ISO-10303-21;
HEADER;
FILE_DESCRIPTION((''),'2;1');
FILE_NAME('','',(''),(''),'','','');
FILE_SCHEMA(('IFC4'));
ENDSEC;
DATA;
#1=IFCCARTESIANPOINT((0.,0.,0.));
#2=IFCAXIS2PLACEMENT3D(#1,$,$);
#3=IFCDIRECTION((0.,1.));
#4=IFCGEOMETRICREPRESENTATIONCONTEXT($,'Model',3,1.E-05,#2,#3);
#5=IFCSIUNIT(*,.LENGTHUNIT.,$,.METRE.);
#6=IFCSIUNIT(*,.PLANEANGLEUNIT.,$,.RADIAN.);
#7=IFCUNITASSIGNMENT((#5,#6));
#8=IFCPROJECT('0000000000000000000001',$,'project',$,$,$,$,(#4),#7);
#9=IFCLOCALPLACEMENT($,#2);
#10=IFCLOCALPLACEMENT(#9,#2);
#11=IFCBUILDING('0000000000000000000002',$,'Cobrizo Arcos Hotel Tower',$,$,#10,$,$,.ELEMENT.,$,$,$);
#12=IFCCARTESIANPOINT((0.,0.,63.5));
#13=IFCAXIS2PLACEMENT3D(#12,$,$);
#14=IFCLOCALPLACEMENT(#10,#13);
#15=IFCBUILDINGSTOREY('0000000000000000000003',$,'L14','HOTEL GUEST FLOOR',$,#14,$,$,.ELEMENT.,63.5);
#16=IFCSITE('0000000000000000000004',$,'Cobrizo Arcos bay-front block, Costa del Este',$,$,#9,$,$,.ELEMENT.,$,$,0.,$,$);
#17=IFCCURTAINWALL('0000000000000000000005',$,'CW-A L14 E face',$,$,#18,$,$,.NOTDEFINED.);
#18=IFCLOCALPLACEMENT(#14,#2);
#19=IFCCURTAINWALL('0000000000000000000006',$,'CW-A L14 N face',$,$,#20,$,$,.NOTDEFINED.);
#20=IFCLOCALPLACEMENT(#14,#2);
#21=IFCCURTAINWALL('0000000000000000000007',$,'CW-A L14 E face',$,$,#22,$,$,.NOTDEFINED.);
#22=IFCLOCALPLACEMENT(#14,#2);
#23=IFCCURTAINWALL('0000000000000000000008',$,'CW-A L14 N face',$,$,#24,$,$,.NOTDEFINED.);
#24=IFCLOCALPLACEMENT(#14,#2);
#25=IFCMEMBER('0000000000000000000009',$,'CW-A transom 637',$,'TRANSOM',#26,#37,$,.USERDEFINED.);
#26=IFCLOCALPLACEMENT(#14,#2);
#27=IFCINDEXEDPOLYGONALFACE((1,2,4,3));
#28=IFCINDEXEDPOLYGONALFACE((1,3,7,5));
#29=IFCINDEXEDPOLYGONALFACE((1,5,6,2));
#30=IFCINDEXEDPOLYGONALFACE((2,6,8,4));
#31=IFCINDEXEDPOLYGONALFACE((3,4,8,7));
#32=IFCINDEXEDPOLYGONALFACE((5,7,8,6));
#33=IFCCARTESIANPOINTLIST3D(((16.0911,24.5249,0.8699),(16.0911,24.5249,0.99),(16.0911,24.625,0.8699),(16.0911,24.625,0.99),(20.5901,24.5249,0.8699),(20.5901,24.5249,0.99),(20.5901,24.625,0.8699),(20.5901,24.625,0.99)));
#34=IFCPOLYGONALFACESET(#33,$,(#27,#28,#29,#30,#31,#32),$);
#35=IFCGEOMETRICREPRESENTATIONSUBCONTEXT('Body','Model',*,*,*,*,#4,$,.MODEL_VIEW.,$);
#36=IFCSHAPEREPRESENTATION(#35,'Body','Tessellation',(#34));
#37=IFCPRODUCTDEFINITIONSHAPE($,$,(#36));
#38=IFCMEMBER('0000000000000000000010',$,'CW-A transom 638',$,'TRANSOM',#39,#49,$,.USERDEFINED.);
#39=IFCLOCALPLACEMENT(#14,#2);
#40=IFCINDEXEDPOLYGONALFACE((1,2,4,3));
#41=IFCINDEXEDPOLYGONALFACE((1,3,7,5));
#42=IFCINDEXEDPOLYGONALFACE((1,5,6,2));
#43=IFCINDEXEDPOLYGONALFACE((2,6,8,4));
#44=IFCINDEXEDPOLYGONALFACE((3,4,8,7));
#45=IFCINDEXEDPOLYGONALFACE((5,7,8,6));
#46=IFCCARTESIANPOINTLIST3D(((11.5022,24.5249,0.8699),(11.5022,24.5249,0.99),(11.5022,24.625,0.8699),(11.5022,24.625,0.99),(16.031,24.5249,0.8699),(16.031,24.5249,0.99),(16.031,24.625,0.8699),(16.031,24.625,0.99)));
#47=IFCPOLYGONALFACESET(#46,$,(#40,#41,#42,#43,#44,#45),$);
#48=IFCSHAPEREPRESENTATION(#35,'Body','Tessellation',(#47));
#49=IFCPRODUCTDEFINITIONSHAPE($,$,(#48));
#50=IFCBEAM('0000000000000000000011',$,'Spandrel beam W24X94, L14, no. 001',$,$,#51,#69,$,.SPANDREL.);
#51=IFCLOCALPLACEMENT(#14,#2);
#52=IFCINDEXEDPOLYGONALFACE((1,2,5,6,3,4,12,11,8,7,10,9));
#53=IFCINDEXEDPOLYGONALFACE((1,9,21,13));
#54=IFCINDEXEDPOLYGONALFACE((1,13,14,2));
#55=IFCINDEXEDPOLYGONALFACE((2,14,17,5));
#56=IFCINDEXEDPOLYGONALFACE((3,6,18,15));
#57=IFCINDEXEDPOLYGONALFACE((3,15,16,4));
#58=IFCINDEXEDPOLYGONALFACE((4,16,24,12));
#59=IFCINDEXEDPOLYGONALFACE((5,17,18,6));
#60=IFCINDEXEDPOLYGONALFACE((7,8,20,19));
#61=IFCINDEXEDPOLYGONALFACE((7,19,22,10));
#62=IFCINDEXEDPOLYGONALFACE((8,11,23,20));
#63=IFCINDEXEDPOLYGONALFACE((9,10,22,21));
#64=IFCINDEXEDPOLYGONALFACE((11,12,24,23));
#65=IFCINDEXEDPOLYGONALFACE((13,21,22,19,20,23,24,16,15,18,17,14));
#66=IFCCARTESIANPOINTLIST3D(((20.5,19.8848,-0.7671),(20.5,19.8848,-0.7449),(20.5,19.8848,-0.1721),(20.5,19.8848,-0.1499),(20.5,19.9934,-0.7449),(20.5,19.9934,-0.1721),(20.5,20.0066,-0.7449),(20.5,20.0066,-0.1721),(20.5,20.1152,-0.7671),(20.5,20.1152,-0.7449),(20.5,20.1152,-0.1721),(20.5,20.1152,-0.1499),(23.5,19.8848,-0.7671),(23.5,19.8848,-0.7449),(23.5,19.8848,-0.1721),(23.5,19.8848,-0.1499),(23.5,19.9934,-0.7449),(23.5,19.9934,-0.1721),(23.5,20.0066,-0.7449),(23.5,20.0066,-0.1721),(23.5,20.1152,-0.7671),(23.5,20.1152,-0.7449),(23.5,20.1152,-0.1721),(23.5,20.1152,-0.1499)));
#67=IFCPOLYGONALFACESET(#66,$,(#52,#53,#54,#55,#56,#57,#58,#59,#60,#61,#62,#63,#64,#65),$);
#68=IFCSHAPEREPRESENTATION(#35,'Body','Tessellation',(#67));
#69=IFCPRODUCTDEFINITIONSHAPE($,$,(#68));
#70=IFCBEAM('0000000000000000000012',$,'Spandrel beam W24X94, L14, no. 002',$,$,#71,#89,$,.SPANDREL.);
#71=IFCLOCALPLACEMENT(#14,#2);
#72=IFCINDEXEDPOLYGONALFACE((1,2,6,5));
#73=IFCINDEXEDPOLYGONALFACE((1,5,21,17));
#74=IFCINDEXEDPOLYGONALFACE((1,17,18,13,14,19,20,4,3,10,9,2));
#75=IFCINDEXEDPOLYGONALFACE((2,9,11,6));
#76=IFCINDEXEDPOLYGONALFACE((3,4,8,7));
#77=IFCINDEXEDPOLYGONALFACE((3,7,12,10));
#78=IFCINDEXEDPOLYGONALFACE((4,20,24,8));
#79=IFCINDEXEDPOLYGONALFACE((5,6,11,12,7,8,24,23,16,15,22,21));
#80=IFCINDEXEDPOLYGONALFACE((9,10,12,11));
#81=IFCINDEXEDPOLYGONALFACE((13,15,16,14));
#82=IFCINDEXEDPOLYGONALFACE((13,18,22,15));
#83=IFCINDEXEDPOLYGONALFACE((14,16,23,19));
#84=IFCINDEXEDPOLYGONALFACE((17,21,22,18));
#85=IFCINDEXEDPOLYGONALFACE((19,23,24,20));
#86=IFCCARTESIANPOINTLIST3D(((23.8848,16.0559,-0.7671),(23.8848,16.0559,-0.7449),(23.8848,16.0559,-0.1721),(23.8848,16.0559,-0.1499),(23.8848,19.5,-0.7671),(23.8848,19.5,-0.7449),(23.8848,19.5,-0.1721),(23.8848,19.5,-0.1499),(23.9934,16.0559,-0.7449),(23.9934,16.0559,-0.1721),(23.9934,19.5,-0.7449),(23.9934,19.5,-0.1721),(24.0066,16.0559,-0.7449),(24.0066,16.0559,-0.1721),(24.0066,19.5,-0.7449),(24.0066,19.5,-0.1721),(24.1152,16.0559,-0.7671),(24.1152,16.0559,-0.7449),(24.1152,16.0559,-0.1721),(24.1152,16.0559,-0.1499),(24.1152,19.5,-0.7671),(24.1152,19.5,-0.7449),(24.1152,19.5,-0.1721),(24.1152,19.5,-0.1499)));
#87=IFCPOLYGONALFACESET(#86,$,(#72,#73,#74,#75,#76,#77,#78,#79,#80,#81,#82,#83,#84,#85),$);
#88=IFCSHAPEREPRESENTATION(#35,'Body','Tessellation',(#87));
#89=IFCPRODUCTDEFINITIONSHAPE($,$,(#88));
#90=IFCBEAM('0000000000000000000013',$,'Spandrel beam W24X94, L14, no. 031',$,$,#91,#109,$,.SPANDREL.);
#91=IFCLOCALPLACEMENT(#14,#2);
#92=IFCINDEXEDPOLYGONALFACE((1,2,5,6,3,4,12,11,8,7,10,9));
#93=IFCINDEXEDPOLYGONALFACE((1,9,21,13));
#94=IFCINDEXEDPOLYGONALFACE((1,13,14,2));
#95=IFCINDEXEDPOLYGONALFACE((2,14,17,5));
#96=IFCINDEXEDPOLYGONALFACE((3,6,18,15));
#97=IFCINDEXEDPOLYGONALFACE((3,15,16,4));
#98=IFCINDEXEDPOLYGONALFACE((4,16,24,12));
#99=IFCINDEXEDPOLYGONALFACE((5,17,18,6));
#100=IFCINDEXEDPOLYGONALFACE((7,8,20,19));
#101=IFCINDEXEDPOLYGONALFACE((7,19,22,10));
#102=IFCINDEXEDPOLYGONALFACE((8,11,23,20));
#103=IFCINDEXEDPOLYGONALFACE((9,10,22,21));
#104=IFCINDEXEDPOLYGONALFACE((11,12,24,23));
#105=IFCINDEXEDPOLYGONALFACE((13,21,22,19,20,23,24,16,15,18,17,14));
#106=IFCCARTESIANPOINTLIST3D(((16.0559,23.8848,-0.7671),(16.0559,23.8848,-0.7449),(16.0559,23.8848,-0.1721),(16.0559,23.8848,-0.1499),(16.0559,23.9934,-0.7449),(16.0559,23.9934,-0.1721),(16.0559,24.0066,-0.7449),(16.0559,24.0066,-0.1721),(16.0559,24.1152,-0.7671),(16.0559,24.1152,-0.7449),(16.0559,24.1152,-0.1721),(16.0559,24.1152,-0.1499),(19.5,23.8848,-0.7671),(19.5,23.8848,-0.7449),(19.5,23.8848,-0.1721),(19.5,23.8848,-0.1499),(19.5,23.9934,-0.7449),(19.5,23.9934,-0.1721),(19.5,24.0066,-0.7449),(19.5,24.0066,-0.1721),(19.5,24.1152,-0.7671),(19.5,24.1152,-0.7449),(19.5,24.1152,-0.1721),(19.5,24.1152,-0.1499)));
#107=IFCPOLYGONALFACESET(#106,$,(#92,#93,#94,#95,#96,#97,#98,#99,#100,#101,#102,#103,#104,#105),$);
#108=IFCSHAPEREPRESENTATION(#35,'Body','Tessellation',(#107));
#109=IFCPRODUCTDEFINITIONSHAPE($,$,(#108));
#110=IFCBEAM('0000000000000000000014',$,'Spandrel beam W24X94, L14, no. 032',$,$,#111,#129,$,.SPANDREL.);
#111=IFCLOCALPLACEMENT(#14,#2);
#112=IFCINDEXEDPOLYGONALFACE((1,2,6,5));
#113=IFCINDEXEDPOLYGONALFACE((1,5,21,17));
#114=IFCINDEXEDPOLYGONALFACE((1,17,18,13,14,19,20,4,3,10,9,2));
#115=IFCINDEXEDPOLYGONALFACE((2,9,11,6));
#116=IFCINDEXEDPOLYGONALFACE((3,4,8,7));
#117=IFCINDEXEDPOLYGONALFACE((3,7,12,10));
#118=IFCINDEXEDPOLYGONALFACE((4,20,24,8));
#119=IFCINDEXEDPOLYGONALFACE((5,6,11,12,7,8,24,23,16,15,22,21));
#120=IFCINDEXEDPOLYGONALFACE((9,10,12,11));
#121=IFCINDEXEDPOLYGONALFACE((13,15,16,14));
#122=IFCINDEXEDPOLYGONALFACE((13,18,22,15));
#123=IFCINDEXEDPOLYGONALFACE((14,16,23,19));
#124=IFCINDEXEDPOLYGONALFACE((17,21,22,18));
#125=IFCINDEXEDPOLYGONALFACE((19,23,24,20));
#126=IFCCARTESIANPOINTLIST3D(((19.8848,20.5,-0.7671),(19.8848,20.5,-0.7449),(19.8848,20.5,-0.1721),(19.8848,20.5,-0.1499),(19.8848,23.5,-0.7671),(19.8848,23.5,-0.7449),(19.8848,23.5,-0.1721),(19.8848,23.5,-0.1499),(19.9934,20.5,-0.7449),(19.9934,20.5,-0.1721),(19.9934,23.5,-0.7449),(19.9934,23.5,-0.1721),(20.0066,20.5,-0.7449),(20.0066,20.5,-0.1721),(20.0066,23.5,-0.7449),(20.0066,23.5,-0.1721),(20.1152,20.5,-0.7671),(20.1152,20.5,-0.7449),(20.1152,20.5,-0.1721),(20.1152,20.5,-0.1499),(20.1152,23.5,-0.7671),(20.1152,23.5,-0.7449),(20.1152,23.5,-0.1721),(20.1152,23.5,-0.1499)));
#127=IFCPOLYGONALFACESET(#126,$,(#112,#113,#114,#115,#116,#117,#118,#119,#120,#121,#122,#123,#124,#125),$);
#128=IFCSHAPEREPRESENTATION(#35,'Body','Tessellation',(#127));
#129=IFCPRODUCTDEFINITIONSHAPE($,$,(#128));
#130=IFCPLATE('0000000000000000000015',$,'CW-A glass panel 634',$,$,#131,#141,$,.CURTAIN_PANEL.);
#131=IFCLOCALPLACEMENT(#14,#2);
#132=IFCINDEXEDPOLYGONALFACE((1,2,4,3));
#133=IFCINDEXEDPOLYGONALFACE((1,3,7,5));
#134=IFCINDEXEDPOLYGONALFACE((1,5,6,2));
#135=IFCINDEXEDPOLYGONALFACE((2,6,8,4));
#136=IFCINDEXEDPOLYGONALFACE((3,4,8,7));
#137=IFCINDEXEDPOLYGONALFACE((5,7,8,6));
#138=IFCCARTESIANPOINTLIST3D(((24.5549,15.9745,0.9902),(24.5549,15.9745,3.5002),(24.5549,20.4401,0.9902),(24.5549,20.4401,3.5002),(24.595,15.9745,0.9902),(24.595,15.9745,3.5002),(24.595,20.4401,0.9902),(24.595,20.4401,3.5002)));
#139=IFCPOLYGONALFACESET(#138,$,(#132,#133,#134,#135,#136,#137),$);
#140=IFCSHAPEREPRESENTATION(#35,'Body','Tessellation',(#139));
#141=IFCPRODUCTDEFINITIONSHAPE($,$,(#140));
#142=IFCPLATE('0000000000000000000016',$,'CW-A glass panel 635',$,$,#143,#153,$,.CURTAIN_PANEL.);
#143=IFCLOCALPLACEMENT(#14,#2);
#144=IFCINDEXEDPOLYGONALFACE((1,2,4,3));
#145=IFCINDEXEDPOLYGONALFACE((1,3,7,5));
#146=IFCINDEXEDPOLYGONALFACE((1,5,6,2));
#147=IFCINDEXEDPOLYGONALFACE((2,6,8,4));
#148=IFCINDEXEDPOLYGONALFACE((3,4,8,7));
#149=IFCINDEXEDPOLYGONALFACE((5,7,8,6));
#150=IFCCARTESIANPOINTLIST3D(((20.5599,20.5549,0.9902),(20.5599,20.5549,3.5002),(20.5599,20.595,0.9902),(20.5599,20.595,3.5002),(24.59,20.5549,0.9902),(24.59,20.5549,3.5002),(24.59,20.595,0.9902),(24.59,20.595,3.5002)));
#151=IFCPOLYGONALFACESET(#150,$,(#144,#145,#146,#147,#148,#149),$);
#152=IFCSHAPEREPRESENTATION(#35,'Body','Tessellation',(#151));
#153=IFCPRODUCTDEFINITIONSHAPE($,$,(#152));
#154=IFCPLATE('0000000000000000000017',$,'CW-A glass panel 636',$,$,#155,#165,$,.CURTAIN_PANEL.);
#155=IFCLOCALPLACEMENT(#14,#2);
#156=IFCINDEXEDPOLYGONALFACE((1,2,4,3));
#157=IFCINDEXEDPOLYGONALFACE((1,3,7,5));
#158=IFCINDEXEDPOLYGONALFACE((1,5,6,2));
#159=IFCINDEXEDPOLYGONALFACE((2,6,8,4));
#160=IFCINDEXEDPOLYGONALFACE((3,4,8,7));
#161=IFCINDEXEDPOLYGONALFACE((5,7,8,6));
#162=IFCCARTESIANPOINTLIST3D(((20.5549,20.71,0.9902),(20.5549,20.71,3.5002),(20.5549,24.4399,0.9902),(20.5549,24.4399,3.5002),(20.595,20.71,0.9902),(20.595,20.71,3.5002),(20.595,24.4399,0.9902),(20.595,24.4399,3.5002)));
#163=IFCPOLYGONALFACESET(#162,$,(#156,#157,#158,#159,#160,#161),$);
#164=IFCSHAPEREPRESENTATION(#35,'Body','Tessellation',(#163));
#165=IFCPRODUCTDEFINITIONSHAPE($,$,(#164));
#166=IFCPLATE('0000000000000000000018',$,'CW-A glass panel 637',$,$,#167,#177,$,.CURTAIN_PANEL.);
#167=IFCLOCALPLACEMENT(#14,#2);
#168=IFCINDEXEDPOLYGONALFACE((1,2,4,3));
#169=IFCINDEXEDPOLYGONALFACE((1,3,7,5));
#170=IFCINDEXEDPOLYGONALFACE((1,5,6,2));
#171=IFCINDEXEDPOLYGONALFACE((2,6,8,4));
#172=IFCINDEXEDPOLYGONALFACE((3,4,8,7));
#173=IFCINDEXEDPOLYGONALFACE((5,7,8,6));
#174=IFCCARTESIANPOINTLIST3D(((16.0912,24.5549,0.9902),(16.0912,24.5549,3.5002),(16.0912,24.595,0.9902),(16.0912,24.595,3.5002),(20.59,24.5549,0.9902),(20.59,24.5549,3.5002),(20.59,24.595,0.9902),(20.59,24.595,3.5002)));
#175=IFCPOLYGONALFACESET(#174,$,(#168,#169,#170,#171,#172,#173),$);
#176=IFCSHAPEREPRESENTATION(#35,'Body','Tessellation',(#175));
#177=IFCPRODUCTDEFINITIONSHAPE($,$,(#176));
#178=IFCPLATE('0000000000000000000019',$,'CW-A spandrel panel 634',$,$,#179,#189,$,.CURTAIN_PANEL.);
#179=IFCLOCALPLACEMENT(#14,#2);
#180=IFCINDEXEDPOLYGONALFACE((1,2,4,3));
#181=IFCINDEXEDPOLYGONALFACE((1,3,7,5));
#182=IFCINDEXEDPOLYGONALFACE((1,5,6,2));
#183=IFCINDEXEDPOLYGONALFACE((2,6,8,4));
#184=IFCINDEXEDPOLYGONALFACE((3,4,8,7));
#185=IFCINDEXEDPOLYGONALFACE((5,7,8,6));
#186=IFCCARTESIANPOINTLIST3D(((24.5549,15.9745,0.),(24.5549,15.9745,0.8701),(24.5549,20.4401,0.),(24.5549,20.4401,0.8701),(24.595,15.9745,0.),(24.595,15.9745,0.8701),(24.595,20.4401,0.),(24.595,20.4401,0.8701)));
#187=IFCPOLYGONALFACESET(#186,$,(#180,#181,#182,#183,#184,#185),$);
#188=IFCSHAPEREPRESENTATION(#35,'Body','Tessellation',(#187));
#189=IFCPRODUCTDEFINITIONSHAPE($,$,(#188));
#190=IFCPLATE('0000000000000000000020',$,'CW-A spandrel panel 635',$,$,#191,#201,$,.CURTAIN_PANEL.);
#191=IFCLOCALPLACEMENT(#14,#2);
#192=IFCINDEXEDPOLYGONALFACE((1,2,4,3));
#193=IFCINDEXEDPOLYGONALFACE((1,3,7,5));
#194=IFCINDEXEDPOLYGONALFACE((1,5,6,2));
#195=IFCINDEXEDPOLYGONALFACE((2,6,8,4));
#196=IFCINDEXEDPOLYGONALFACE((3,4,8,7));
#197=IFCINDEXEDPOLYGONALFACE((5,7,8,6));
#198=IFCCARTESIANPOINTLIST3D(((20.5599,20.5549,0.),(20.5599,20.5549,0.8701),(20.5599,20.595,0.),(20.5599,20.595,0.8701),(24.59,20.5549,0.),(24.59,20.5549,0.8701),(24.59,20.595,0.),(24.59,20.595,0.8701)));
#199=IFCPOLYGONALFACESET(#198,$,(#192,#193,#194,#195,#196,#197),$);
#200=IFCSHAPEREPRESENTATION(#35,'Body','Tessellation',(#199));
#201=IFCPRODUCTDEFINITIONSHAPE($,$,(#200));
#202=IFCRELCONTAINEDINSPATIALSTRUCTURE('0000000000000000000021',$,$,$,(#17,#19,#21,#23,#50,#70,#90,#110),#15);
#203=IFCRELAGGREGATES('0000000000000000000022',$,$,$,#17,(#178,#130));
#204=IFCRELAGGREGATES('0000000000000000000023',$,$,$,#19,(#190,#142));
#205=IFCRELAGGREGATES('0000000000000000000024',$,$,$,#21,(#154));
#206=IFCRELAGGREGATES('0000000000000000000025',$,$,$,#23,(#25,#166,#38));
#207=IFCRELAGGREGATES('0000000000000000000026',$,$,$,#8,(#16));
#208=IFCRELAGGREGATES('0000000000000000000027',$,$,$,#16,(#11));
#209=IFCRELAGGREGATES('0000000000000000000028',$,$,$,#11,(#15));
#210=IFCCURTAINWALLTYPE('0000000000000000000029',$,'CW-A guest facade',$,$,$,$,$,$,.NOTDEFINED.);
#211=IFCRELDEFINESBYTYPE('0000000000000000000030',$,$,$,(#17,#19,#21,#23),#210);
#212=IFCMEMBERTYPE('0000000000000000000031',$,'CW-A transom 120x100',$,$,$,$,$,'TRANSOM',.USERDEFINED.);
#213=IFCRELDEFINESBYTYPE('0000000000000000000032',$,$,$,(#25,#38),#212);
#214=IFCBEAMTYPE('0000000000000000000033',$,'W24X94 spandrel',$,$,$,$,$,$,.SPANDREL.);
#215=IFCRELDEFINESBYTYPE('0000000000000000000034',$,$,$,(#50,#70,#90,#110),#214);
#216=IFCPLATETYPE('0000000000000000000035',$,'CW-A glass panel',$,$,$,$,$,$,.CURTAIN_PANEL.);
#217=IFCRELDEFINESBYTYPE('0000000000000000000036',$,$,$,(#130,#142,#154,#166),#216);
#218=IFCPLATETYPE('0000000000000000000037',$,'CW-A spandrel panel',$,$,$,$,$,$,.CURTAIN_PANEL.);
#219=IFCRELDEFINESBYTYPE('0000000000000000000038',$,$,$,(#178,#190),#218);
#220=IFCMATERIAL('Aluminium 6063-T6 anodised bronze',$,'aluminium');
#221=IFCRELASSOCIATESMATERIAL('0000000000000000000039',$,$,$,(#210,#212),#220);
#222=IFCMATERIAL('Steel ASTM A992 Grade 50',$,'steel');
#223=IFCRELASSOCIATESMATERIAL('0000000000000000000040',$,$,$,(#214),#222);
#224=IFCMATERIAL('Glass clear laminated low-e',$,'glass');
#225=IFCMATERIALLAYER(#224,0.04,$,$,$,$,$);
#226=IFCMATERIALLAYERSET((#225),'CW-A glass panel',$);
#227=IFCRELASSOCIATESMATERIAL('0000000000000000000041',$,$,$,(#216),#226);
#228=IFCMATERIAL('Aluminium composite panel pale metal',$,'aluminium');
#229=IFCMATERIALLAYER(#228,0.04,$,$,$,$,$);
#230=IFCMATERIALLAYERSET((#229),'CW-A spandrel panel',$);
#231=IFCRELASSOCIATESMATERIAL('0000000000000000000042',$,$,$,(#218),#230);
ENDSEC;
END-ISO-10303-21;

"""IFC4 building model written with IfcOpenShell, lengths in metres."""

from ifc_helpers import new_model, si_unit, direction, frame, origin, origin_2d, place, context, subcontext, project, spatial, rectangle, i_section, extrude, material, layer, layer_set, material_profile, profile_set, type_object, element, aggregate, save


model = new_model("IFC4")

# Units and contexts
model_context = context("Model", 3, precision=1e-05, world=origin(), true_north=direction((0.0, 1.0)))
body_context = subcontext(model_context, "Body", "Model", "MODEL_VIEW")
ifc_project = project(units=[si_unit("LENGTHUNIT", "METRE"), si_unit("PLANEANGLEUNIT", "RADIAN")], contexts=[model_context])

# Site, building, storey
site_placement = place(None, origin())
site = spatial("IfcSite", under=ifc_project, at=site_placement, Name="Cobrizo Arcos bay-front block, Costa del Este", CompositionType="ELEMENT", RefElevation=0.0)
building_placement = place(site_placement, origin())
building = spatial("IfcBuilding", under=site, at=building_placement, Name="Cobrizo Arcos Hotel Tower", CompositionType="ELEMENT")
storey_placement = place(building_placement, frame((0.0, 0.0, 63.5)))
storey = spatial("IfcBuildingStorey", under=building, at=storey_placement, Name="L14", Description="HOTEL GUEST FLOOR", CompositionType="ELEMENT", Elevation=63.5)

# Curtain wall
ifc_material_1 = material(Name="Aluminium 6063-T6 anodised bronze", Category="aluminium")
curtain_wall_type = type_object("IfcCurtainWallType", Name="CW-A guest facade", PredefinedType="NOTDEFINED", material=ifc_material_1)
curtain_wall_1_placement = place(storey_placement, origin())
curtain_wall_1 = element("IfcCurtainWall", 1, at=curtain_wall_1_placement, inside=storey, type_object=curtain_wall_type, Name="CW-A L14 E face", PredefinedType="NOTDEFINED")

# Curtain walls
curtain_wall_2_placement = place(storey_placement, origin())
curtain_wall_2 = element("IfcCurtainWall", 2, at=curtain_wall_2_placement, inside=storey, type_object=curtain_wall_type, Name="CW-A L14 N face", PredefinedType="NOTDEFINED")
curtain_wall_3_placement = place(storey_placement, origin())
curtain_wall_3 = element("IfcCurtainWall", 3, at=curtain_wall_3_placement, inside=storey, type_object=curtain_wall_type, Name="CW-A L14 E face", PredefinedType="NOTDEFINED")
curtain_wall_4_placement = place(storey_placement, origin())
curtain_wall_4 = element("IfcCurtainWall", 4, at=curtain_wall_4_placement, inside=storey, type_object=curtain_wall_type, Name="CW-A L14 N face", PredefinedType="NOTDEFINED")

# Members
ifc_material_profile_1 = material_profile(ifc_material_1, rectangle(XDim=0.1001, YDim=0.1201, at=origin_2d()), Name="CW-A transom 120x100")
ifc_profile_set_1 = profile_set([ifc_material_profile_1], Name="Aluminium 6063-T6 anodised bronze")
member_type_1 = type_object("IfcMemberType", Name="CW-A transom 120x100", ElementType="TRANSOM", PredefinedType="USERDEFINED", material=ifc_profile_set_1)
member_1_placement = place(storey_placement, frame((20.5901, 24.575, 0.9299), z_axis=(-1.0, 0.0, 0.0), x_axis=(0.0, -1.0, 0.0)))
member_1 = element("IfcMember", 5, at=member_1_placement, type_object=member_type_1, Name="CW-A transom 637", ObjectType="TRANSOM", PredefinedType="USERDEFINED", context=body_context, shape_type="SweptSolid", body=[
    extrude(rectangle(XDim=0.1001, YDim=0.1201, at=origin_2d()), origin(), (0.0, 0.0, 1.0), 4.499),
])
member_2_placement = place(storey_placement, frame((16.031, 24.575, 0.9299), z_axis=(-1.0, 0.0, 0.0), x_axis=(0.0, -1.0, 0.0)))
member_2 = element("IfcMember", 6, at=member_2_placement, type_object=member_type_1, Name="CW-A transom 638", ObjectType="TRANSOM", PredefinedType="USERDEFINED", context=body_context, shape_type="SweptSolid", body=[
    extrude(rectangle(XDim=0.1001, YDim=0.1201, at=origin_2d()), origin(), (0.0, 0.0, 1.0), 4.5288),
])

# Beams
ifc_material_2 = material(Name="Steel ASTM A992 Grade 50", Category="steel")
ifc_material_profile_2 = material_profile(ifc_material_2, i_section(OverallWidth=0.2305, OverallDepth=0.6172, WebThickness=0.0132, FlangeThickness=0.0222, at=origin_2d()), Name="W24X94")
ifc_profile_set_2 = profile_set([ifc_material_profile_2], Name="Steel ASTM A992 Grade 50")
beam_type = type_object("IfcBeamType", Name="W24X94 spandrel", PredefinedType="SPANDREL", material=ifc_profile_set_2)
beam_1_placement = place(storey_placement, frame((20.5, 20.0, -0.4585), z_axis=(1.0, 0.0, 0.0), x_axis=(0.0, 1.0, 0.0)))
element("IfcBeam", 7, at=beam_1_placement, inside=storey, type_object=beam_type, Name="Spandrel beam W24X94, L14, no. 001", PredefinedType="SPANDREL", context=body_context, shape_type="SweptSolid", body=[
    extrude(i_section(OverallWidth=0.2305, OverallDepth=0.6172, WebThickness=0.0132, FlangeThickness=0.0222, at=origin_2d()), origin(), (0.0, 0.0, 1.0), 3.0),
])
for number, where, z_axis, x_axis, name in (
    (8, (24.0, 19.5, -0.4585), (0.0, -1.0, 0.0), (1.0, 0.0, 0.0), "Spandrel beam W24X94, L14, no. 002"),
    (9, (16.0559, 24.0, -0.4585), (1.0, 0.0, 0.0), (0.0, 1.0, 0.0), "Spandrel beam W24X94, L14, no. 031"),
):
    element("IfcBeam", number, at=place(storey_placement, frame(where, z_axis=z_axis, x_axis=x_axis)), inside=storey, type_object=beam_type, Name=name, PredefinedType="SPANDREL", context=body_context, shape_type="SweptSolid", body=[
        extrude(i_section(OverallWidth=0.2305, OverallDepth=0.6172, WebThickness=0.0132, FlangeThickness=0.0222, at=origin_2d()), origin(), (0.0, 0.0, 1.0), 3.4441),
    ])
beam_2_placement = place(storey_placement, frame((20.0, 23.5, -0.4585), z_axis=(0.0, -1.0, 0.0), x_axis=(1.0, 0.0, 0.0)))
element("IfcBeam", 10, at=beam_2_placement, inside=storey, type_object=beam_type, Name="Spandrel beam W24X94, L14, no. 032", PredefinedType="SPANDREL", context=body_context, shape_type="SweptSolid", body=[
    extrude(i_section(OverallWidth=0.2305, OverallDepth=0.6172, WebThickness=0.0132, FlangeThickness=0.0222, at=origin_2d()), origin(), (0.0, 0.0, 1.0), 3.0),
])

# Plates
ifc_material_3 = material(Name="Glass clear laminated low-e", Category="glass")
ifc_layer_1 = layer(ifc_material_3, 0.04)
ifc_layer_set_1 = layer_set([ifc_layer_1], Name="CW-A glass panel")
plate_type_1 = type_object("IfcPlateType", Name="CW-A glass panel", PredefinedType="CURTAIN_PANEL", material=ifc_layer_set_1)
plate_1_placement = place(storey_placement, frame((24.575, 18.2073, 0.9902), z_axis=(0.0, 0.0, 1.0), x_axis=(0.0, 1.0, 0.0)))
plate_1 = element("IfcPlate", 11, at=plate_1_placement, type_object=plate_type_1, Name="CW-A glass panel 634", PredefinedType="CURTAIN_PANEL", context=body_context, shape_type="SweptSolid", body=[
    extrude(rectangle(XDim=4.4656, YDim=0.04, at=origin_2d()), origin(), (0.0, 0.0, 1.0), 2.51),
])
plate_2_placement = place(storey_placement, frame((22.575, 20.575, 0.9902), z_axis=(0.0, 0.0, 1.0), x_axis=(-1.0, 0.0, 0.0)))
plate_2 = element("IfcPlate", 12, at=plate_2_placement, type_object=plate_type_1, Name="CW-A glass panel 635", PredefinedType="CURTAIN_PANEL", context=body_context, shape_type="SweptSolid", body=[
    extrude(rectangle(XDim=4.03, YDim=0.04, at=origin_2d()), origin(), (0.0, 0.0, 1.0), 2.51),
])
plate_3_placement = place(storey_placement, frame((20.575, 22.575, 0.9902), z_axis=(0.0, 0.0, 1.0), x_axis=(0.0, 1.0, 0.0)))
plate_3 = element("IfcPlate", 13, at=plate_3_placement, type_object=plate_type_1, Name="CW-A glass panel 636", PredefinedType="CURTAIN_PANEL", context=body_context, shape_type="SweptSolid", body=[
    extrude(rectangle(XDim=3.73, YDim=0.04, at=origin_2d()), origin(), (0.0, 0.0, 1.0), 2.51),
])
plate_4_placement = place(storey_placement, frame((18.3406, 24.575, 0.9902), z_axis=(0.0, 0.0, 1.0), x_axis=(-1.0, 0.0, 0.0)))
plate_4 = element("IfcPlate", 14, at=plate_4_placement, type_object=plate_type_1, Name="CW-A glass panel 637", PredefinedType="CURTAIN_PANEL", context=body_context, shape_type="SweptSolid", body=[
    extrude(rectangle(XDim=4.4988, YDim=0.04, at=origin_2d()), origin(), (0.0, 0.0, 1.0), 2.51),
])
ifc_material_4 = material(Name="Aluminium composite panel pale metal", Category="aluminium")
ifc_layer_2 = layer(ifc_material_4, 0.04)
ifc_layer_set_2 = layer_set([ifc_layer_2], Name="CW-A spandrel panel")
plate_type_2 = type_object("IfcPlateType", Name="CW-A spandrel panel", PredefinedType="CURTAIN_PANEL", material=ifc_layer_set_2)
plate_5_placement = place(storey_placement, frame((24.575, 18.2073, 0.0), z_axis=(0.0, 0.0, 1.0), x_axis=(0.0, 1.0, 0.0)))
plate_5 = element("IfcPlate", 15, at=plate_5_placement, type_object=plate_type_2, Name="CW-A spandrel panel 634", PredefinedType="CURTAIN_PANEL", context=body_context, shape_type="SweptSolid", body=[
    extrude(rectangle(XDim=4.4656, YDim=0.04, at=origin_2d()), origin(), (0.0, 0.0, 1.0), 0.8701),
])
aggregate(curtain_wall_1, [plate_5, plate_1])
plate_6_placement = place(storey_placement, frame((22.575, 20.575, 0.0), z_axis=(0.0, 0.0, 1.0), x_axis=(-1.0, 0.0, 0.0)))
plate_6 = element("IfcPlate", 16, at=plate_6_placement, type_object=plate_type_2, Name="CW-A spandrel panel 635", PredefinedType="CURTAIN_PANEL", context=body_context, shape_type="SweptSolid", body=[
    extrude(rectangle(XDim=4.03, YDim=0.04, at=origin_2d()), origin(), (0.0, 0.0, 1.0), 0.8701),
])
aggregate(curtain_wall_2, [plate_6, plate_2])
aggregate(curtain_wall_3, [plate_3])
aggregate(curtain_wall_4, [member_1, plate_4, member_2])

save(model, "model.ifc")
